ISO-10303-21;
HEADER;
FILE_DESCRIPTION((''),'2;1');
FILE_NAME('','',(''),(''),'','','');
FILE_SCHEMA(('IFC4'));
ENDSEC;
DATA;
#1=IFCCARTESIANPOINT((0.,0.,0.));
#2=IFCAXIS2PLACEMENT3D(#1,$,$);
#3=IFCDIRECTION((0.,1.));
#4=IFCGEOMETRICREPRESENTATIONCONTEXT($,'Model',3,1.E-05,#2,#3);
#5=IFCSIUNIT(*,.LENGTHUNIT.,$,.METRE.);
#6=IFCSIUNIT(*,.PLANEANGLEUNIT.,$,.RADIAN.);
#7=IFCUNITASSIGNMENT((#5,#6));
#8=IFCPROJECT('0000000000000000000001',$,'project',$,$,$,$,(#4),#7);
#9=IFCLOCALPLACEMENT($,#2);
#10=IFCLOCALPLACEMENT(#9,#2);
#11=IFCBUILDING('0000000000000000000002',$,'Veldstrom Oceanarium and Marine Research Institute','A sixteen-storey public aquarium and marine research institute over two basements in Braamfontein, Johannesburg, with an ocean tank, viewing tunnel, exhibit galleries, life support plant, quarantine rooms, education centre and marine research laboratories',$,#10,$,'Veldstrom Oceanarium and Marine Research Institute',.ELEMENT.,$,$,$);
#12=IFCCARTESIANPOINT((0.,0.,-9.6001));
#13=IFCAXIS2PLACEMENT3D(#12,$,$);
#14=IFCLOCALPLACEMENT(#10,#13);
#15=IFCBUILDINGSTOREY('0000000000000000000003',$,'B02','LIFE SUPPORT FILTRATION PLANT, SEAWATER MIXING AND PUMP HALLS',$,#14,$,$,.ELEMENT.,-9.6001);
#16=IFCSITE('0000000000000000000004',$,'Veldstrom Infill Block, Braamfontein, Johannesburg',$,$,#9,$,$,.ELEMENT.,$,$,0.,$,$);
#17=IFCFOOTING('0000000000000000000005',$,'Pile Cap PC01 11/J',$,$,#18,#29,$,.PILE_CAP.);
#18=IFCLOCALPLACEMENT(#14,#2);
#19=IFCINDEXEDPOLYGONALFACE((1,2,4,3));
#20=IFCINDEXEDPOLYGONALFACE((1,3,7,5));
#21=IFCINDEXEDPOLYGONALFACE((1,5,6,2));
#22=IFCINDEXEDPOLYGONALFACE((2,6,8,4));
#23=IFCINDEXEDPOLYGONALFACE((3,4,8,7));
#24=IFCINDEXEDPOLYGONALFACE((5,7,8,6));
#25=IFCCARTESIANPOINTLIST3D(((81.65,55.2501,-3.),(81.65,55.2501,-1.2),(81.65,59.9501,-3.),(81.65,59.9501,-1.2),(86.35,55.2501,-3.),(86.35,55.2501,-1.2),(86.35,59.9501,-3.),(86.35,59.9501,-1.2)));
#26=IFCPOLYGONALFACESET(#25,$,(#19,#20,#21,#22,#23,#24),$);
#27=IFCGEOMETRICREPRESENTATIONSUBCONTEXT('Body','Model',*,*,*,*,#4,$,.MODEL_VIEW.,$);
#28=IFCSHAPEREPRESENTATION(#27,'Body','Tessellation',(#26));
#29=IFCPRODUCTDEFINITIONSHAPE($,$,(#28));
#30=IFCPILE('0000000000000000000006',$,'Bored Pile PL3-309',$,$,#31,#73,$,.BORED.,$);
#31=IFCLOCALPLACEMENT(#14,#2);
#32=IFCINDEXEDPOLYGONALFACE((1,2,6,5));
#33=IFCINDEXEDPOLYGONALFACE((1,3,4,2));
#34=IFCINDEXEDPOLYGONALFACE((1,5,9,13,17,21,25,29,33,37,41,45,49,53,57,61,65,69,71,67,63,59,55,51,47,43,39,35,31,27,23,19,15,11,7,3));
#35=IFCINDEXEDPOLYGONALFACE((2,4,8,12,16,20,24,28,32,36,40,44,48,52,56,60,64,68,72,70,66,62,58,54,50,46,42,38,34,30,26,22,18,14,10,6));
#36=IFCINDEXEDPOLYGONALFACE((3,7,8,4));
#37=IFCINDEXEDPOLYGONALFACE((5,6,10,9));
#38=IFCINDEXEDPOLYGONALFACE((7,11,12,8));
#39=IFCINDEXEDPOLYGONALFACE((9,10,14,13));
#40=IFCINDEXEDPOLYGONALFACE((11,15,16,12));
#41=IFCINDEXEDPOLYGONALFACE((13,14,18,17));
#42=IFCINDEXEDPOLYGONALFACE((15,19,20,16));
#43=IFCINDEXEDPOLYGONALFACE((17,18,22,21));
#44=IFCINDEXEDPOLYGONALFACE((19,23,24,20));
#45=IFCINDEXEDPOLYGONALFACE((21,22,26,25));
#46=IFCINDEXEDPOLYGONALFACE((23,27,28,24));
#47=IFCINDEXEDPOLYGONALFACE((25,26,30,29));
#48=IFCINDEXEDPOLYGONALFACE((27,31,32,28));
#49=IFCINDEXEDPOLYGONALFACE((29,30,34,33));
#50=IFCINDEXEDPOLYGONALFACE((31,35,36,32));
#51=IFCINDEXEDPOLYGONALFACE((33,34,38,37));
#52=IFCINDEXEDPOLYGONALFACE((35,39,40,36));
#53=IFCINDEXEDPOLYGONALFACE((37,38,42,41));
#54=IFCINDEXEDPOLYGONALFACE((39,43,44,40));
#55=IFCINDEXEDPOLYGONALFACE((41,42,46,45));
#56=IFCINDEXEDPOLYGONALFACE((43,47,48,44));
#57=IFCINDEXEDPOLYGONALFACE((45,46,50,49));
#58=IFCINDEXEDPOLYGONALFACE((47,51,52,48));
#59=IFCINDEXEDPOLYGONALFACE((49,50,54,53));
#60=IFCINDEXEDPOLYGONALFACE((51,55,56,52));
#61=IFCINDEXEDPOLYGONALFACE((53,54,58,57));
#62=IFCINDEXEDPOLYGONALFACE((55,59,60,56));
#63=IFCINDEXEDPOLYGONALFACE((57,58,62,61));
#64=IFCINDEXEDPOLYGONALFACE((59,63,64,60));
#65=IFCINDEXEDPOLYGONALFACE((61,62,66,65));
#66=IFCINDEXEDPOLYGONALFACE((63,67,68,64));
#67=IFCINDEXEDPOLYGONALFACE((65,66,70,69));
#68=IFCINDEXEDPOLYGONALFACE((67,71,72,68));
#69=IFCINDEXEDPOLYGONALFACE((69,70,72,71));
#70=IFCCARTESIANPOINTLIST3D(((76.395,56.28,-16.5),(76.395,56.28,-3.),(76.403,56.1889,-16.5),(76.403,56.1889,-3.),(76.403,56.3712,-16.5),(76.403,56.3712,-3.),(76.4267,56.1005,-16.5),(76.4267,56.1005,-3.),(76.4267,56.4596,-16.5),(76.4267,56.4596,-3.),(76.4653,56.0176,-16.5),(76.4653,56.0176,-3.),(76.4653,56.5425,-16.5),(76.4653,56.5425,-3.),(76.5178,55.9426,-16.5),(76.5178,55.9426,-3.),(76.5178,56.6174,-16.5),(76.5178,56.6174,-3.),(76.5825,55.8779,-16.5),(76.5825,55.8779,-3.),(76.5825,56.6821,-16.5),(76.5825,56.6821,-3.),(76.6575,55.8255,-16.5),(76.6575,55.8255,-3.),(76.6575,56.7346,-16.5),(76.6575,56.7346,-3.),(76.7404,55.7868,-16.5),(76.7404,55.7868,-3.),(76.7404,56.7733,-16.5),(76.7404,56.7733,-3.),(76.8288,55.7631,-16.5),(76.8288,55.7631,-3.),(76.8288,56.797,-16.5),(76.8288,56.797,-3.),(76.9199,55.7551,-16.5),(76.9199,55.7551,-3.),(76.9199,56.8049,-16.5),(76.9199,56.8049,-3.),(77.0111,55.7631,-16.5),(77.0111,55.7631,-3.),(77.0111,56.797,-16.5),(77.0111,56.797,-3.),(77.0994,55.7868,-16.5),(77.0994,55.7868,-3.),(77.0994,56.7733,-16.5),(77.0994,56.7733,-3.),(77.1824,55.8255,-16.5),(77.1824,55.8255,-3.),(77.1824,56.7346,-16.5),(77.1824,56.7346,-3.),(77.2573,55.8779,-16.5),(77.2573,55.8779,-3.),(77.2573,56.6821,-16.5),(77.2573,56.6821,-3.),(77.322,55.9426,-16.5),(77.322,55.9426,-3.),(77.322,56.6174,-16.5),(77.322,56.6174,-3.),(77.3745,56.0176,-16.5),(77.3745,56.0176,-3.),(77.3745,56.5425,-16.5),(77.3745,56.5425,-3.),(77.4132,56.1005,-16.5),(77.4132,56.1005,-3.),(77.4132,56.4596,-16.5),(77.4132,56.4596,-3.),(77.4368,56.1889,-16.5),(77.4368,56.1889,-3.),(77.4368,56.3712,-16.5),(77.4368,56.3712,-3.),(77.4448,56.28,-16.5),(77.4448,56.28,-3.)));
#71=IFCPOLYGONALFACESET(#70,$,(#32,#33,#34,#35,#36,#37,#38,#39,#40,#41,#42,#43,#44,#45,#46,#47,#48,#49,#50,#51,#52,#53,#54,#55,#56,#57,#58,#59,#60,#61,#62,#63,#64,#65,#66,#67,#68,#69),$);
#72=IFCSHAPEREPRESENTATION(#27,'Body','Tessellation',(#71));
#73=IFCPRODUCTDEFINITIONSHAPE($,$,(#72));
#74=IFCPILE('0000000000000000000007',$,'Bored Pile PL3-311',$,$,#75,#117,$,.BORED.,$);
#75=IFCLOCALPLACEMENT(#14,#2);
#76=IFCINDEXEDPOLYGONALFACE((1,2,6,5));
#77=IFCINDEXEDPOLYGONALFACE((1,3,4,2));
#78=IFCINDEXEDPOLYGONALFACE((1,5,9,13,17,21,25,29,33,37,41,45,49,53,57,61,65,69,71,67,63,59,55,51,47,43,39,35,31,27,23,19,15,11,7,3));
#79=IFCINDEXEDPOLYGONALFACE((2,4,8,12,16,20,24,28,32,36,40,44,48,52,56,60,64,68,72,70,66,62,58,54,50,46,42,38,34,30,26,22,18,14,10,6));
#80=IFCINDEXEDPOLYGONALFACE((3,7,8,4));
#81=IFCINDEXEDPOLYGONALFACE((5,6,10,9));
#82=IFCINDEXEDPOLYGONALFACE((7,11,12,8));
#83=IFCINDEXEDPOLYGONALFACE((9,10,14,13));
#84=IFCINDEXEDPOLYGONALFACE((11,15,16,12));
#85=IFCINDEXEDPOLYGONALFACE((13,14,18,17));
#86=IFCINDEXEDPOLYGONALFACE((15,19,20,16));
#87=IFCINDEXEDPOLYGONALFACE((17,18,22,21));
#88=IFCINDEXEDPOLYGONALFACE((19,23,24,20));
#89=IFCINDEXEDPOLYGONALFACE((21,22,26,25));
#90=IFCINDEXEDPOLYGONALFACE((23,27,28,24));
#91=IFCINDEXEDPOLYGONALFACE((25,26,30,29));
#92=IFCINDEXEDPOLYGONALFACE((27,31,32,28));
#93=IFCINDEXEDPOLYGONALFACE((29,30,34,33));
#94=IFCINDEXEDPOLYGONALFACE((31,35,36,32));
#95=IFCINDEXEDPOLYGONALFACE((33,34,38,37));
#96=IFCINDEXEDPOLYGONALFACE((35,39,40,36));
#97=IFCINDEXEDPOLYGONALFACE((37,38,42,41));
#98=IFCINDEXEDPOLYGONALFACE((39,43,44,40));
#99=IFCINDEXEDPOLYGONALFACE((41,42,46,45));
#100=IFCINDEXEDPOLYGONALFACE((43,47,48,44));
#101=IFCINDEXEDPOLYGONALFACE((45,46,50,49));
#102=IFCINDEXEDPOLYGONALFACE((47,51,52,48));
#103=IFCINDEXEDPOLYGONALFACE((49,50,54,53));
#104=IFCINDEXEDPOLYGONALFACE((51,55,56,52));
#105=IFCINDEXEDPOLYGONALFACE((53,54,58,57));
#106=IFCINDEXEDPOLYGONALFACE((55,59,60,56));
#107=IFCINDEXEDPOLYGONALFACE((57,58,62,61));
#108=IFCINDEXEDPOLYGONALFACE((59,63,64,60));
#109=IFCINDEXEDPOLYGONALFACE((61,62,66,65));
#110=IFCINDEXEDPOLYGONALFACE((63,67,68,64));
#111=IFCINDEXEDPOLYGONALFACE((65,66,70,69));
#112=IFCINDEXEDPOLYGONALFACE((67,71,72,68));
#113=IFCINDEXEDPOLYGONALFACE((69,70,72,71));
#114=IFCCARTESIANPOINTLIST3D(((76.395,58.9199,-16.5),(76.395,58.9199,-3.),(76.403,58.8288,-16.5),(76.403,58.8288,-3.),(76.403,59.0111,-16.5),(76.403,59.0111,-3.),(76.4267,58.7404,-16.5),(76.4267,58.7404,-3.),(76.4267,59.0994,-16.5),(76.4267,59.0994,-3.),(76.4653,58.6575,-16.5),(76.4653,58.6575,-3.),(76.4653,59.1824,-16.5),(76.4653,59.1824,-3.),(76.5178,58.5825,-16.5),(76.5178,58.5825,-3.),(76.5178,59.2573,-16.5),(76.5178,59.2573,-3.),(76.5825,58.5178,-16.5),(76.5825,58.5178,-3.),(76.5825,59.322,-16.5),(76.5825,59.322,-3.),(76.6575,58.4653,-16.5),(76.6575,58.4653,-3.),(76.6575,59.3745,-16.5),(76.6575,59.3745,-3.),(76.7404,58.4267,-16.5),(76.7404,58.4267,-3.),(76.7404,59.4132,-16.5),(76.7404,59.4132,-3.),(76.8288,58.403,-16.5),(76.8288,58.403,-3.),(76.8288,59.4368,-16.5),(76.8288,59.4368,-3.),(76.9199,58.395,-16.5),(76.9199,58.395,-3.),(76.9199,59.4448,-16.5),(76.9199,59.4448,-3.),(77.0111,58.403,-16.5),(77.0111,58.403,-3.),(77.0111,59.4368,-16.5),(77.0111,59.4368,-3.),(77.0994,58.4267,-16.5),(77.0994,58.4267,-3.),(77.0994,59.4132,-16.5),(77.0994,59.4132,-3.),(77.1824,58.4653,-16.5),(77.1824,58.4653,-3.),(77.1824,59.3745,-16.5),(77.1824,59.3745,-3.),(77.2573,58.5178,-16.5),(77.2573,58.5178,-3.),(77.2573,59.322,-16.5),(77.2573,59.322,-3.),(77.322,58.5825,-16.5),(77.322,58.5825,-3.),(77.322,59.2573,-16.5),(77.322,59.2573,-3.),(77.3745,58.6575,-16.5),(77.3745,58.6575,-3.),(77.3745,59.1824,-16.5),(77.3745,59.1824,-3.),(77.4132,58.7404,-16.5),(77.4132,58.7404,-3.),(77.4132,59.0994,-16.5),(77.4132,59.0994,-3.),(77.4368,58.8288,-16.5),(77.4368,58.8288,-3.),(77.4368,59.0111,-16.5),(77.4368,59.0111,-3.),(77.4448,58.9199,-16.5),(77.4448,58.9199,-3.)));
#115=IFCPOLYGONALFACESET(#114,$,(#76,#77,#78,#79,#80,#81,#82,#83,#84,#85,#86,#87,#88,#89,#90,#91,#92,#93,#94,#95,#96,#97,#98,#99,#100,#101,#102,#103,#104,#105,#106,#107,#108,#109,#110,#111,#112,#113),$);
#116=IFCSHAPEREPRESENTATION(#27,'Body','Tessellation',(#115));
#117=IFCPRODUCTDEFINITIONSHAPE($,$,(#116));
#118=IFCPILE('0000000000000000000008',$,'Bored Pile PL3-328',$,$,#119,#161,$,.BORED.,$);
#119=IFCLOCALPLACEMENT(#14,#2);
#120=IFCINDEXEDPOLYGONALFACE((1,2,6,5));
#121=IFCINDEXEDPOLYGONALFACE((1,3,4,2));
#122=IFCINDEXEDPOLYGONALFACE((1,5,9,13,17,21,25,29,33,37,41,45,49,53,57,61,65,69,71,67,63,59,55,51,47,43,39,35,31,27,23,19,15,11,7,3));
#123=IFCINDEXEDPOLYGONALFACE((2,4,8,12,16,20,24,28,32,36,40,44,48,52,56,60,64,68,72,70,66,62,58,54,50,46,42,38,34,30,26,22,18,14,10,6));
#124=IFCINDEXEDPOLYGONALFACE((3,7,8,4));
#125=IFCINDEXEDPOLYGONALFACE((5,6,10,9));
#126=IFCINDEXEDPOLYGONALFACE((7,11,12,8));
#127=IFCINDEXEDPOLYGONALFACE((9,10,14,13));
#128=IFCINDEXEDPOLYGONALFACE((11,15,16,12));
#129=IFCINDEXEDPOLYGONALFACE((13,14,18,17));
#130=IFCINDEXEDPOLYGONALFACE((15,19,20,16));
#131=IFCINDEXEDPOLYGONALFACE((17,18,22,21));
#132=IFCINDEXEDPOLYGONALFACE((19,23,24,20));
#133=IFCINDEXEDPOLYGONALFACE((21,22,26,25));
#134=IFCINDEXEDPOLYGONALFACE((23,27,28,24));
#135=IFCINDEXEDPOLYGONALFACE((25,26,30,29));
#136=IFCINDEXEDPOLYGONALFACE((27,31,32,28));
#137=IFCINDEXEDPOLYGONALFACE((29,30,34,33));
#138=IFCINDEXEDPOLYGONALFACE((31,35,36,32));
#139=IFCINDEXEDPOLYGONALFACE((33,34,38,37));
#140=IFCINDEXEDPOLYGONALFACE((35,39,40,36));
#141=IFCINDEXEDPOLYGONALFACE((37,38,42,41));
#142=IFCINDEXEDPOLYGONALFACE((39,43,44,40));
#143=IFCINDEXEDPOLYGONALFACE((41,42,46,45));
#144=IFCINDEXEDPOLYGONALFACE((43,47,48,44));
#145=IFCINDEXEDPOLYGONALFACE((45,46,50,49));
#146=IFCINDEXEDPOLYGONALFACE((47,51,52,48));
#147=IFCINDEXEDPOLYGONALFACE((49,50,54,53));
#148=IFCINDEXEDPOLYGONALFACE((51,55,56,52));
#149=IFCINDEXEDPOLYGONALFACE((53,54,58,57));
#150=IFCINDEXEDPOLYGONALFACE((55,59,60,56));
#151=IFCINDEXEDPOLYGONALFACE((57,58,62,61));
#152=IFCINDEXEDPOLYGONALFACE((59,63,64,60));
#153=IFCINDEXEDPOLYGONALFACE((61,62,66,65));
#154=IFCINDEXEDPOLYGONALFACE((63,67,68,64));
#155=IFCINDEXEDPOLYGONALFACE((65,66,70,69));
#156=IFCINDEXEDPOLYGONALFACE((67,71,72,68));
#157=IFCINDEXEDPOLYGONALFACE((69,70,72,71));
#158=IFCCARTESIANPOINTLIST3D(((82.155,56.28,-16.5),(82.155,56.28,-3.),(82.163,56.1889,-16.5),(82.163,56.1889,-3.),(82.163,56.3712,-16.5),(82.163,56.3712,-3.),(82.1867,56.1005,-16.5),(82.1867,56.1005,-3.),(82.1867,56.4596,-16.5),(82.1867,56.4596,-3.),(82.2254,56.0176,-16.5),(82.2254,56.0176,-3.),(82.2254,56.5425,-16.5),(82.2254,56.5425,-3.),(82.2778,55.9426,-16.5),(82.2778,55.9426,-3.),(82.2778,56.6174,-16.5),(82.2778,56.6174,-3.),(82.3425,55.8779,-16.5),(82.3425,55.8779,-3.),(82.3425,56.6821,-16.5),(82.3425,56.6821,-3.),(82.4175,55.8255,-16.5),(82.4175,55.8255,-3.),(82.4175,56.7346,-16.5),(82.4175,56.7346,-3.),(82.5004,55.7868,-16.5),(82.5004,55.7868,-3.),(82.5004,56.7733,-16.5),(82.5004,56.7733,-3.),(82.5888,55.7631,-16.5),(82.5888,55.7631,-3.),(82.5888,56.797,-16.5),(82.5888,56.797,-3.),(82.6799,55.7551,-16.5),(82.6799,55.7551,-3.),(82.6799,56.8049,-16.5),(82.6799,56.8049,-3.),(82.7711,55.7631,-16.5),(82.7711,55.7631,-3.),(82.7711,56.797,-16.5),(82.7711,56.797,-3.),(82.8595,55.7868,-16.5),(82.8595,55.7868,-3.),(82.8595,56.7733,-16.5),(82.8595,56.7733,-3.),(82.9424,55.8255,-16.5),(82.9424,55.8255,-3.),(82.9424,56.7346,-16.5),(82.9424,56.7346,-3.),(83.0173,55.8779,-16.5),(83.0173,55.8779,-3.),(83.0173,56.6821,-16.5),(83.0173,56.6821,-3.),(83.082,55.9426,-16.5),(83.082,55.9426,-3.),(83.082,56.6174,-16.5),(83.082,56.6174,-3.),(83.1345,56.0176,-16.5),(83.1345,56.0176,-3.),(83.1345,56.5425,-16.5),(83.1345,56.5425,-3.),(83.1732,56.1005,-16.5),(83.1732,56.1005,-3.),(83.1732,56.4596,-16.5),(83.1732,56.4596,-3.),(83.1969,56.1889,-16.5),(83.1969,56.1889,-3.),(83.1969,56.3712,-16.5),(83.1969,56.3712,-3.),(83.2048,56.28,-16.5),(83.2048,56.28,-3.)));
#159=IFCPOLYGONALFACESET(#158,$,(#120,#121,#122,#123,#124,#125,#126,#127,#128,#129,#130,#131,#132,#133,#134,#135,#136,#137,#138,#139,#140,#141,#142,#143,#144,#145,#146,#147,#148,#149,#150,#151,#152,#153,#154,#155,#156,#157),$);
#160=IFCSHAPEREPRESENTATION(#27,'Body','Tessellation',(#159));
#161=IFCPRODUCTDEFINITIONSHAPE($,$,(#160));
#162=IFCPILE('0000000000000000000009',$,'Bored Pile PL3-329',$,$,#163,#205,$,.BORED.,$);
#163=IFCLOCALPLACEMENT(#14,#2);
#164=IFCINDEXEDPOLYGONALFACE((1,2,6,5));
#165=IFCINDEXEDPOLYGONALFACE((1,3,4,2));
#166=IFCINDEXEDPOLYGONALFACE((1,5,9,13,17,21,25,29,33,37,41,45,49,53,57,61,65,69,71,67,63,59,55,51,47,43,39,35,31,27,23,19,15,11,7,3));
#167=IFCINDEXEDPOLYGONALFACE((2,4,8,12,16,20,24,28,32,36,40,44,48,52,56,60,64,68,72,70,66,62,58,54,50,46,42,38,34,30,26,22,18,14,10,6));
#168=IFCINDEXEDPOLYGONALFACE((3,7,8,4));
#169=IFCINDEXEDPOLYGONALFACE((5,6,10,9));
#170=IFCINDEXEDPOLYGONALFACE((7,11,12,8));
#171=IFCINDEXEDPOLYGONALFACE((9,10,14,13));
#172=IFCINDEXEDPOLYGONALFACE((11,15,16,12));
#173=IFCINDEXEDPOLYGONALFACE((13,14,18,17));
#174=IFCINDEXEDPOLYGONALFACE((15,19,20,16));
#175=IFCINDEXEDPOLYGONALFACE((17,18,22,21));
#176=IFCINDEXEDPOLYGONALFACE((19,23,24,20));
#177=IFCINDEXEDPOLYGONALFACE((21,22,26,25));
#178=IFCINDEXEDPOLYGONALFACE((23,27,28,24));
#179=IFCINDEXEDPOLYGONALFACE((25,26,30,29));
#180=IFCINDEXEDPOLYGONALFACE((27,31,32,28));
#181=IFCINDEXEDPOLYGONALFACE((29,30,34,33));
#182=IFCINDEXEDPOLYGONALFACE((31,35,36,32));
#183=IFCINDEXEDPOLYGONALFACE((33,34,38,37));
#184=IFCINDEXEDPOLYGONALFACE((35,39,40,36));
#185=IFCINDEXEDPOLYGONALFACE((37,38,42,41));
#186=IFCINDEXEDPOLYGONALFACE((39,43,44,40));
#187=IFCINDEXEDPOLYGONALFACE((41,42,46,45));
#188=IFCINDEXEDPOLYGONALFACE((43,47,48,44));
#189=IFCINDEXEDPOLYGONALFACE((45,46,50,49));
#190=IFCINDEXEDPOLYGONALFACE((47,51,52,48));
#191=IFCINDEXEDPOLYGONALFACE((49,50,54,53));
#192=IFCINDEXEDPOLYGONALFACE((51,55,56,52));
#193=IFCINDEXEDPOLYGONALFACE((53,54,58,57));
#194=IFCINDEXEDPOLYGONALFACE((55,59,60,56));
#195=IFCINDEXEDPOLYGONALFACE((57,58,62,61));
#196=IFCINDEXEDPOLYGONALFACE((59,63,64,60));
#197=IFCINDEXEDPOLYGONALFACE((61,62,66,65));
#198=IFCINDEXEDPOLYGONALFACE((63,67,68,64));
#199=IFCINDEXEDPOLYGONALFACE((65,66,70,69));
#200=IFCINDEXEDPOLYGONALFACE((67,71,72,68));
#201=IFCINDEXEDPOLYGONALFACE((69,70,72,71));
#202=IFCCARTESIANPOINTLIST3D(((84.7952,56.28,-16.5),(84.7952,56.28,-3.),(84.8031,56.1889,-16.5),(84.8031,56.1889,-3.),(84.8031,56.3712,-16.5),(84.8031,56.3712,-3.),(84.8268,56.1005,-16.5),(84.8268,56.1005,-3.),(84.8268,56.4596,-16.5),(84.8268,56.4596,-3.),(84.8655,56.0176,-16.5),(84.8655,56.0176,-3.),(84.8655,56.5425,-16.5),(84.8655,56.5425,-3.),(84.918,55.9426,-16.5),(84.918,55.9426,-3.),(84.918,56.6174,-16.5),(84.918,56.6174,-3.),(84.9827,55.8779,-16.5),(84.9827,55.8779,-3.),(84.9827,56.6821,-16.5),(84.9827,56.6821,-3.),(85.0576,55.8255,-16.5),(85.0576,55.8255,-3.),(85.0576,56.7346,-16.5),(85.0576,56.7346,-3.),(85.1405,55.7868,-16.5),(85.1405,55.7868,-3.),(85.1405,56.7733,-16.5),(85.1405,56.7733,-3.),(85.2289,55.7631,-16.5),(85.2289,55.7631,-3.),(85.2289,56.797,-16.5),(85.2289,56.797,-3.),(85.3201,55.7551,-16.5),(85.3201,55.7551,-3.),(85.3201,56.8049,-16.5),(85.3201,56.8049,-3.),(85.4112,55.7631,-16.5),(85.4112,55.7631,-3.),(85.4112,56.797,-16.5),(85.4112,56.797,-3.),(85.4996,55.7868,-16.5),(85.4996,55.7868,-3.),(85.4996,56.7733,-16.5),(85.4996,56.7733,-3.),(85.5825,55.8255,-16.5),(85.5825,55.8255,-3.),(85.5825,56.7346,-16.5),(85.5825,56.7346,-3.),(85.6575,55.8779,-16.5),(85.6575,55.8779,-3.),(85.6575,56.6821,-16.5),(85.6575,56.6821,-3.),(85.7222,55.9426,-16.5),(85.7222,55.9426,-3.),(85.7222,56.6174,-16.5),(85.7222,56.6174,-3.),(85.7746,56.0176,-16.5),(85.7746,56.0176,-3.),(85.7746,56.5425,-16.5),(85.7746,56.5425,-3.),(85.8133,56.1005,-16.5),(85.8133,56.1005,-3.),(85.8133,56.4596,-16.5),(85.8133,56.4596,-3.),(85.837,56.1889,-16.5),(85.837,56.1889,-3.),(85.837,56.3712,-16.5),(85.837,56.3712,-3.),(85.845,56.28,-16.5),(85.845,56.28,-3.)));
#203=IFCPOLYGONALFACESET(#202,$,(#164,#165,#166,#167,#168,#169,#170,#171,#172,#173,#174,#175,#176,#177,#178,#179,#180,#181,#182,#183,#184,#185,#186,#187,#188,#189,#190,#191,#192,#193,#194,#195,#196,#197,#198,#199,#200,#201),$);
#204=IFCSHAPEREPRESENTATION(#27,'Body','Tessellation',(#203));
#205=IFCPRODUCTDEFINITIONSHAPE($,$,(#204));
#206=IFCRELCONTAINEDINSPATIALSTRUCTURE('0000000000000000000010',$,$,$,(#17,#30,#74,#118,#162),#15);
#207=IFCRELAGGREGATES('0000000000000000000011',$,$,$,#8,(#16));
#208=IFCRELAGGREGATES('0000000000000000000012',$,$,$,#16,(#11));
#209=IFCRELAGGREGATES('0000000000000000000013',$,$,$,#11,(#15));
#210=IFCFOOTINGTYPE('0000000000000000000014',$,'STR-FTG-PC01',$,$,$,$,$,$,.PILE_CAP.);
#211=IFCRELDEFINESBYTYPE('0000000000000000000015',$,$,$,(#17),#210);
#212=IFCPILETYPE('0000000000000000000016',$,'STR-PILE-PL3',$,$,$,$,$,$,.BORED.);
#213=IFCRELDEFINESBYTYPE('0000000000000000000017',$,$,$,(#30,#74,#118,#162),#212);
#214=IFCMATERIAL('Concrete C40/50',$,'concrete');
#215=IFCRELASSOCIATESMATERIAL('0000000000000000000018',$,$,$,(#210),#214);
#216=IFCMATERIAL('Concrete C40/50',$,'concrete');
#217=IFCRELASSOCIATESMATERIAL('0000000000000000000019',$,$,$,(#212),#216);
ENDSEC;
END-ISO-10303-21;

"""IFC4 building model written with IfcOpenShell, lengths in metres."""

from ifc_helpers import new_model, si_unit, direction, frame, origin, origin_2d, place, context, subcontext, project, spatial, rectangle, circle, extrude, material, material_profile, profile_set, type_object, element, save


model = new_model("IFC4")

# Units and contexts
model_context = context("Model", 3, precision=1e-05, world=origin(), true_north=direction((0.0, 1.0)))
body_context = subcontext(model_context, "Body", "Model", "MODEL_VIEW")
ifc_project = project(units=[si_unit("LENGTHUNIT", "METRE"), si_unit("PLANEANGLEUNIT", "RADIAN")], contexts=[model_context])

# Site, building, storey
site_placement = place(None, origin())
site = spatial("IfcSite", under=ifc_project, at=site_placement, Name="Veldstrom Infill Block, Braamfontein, Johannesburg", CompositionType="ELEMENT", RefElevation=0.0)
building_placement = place(site_placement, origin())
building = spatial("IfcBuilding", under=site, at=building_placement, Name="Veldstrom Oceanarium and Marine Research Institute", Description="A sixteen-storey public aquarium and marine research institute over two basements in Braamfontein, Johannesburg, with an ocean tank, viewing tunnel, exhibit galleries, life support plant, quarantine rooms, education centre and marine research laboratories", LongName="Veldstrom Oceanarium and Marine Research Institute", CompositionType="ELEMENT")
storey_placement = place(building_placement, frame((0.0, 0.0, -9.6001)))
storey = spatial("IfcBuildingStorey", under=building, at=storey_placement, Name="B02", Description="LIFE SUPPORT FILTRATION PLANT, SEAWATER MIXING AND PUMP HALLS", CompositionType="ELEMENT", Elevation=-9.6001)

# Footing
ifc_material_1 = material(Name="Concrete C40/50", Category="concrete")
footing_type = type_object("IfcFootingType", Name="STR-FTG-PC01", PredefinedType="PILE_CAP", material=ifc_material_1)
footing_placement = place(storey_placement, frame((84.0, 57.6001, -3.0), z_axis=(0.0, 0.0, 1.0), x_axis=(1.0, 0.0, 0.0)))
element("IfcFooting", 1, at=footing_placement, inside=storey, type_object=footing_type, Name="Pile Cap PC01 11/J", PredefinedType="PILE_CAP", context=body_context, shape_type="SweptSolid", body=[
    extrude(rectangle(XDim=4.7, YDim=4.7, at=origin_2d()), origin(), (0.0, 0.0, 1.0), 1.8),
])

# Piles
ifc_material_2 = material(Name="Concrete C40/50", Category="concrete")
ifc_material_profile_1 = material_profile(ifc_material_2, circle(Radius=0.5249, at=origin_2d()), Name="PILE-D1050")
ifc_profile_set_1 = profile_set([ifc_material_profile_1], Name="Concrete C40/50")
pile_type = type_object("IfcPileType", Name="STR-PILE-PL3", PredefinedType="BORED", material=ifc_profile_set_1)
for number, where, z_axis, x_axis, name in (
    (2, (76.9199, 56.28, -3.0), (0.0, 0.0, -1.0), (1.0, 0.0, 0.0), "Bored Pile PL3-309"),
    (3, (76.9199, 58.9199, -3.0), (0.0, 0.0, -1.0), (1.0, 0.0, 0.0), "Bored Pile PL3-311"),
    (4, (82.6799, 56.28, -3.0), (0.0, 0.0, -1.0), (1.0, 0.0, 0.0), "Bored Pile PL3-328"),
    (5, (85.3201, 56.28, -3.0), (0.0, 0.0, -1.0), (1.0, 0.0, 0.0), "Bored Pile PL3-329"),
):
    element("IfcPile", number, at=place(storey_placement, frame(where, z_axis=z_axis, x_axis=x_axis)), inside=storey, type_object=pile_type, Name=name, PredefinedType="BORED", context=body_context, shape_type="SweptSolid", body=[
        extrude(circle(Radius=0.5249, at=origin_2d()), origin(), (0.0, 0.0, 1.0), 13.5),
    ])

save(model, "model.ifc")
